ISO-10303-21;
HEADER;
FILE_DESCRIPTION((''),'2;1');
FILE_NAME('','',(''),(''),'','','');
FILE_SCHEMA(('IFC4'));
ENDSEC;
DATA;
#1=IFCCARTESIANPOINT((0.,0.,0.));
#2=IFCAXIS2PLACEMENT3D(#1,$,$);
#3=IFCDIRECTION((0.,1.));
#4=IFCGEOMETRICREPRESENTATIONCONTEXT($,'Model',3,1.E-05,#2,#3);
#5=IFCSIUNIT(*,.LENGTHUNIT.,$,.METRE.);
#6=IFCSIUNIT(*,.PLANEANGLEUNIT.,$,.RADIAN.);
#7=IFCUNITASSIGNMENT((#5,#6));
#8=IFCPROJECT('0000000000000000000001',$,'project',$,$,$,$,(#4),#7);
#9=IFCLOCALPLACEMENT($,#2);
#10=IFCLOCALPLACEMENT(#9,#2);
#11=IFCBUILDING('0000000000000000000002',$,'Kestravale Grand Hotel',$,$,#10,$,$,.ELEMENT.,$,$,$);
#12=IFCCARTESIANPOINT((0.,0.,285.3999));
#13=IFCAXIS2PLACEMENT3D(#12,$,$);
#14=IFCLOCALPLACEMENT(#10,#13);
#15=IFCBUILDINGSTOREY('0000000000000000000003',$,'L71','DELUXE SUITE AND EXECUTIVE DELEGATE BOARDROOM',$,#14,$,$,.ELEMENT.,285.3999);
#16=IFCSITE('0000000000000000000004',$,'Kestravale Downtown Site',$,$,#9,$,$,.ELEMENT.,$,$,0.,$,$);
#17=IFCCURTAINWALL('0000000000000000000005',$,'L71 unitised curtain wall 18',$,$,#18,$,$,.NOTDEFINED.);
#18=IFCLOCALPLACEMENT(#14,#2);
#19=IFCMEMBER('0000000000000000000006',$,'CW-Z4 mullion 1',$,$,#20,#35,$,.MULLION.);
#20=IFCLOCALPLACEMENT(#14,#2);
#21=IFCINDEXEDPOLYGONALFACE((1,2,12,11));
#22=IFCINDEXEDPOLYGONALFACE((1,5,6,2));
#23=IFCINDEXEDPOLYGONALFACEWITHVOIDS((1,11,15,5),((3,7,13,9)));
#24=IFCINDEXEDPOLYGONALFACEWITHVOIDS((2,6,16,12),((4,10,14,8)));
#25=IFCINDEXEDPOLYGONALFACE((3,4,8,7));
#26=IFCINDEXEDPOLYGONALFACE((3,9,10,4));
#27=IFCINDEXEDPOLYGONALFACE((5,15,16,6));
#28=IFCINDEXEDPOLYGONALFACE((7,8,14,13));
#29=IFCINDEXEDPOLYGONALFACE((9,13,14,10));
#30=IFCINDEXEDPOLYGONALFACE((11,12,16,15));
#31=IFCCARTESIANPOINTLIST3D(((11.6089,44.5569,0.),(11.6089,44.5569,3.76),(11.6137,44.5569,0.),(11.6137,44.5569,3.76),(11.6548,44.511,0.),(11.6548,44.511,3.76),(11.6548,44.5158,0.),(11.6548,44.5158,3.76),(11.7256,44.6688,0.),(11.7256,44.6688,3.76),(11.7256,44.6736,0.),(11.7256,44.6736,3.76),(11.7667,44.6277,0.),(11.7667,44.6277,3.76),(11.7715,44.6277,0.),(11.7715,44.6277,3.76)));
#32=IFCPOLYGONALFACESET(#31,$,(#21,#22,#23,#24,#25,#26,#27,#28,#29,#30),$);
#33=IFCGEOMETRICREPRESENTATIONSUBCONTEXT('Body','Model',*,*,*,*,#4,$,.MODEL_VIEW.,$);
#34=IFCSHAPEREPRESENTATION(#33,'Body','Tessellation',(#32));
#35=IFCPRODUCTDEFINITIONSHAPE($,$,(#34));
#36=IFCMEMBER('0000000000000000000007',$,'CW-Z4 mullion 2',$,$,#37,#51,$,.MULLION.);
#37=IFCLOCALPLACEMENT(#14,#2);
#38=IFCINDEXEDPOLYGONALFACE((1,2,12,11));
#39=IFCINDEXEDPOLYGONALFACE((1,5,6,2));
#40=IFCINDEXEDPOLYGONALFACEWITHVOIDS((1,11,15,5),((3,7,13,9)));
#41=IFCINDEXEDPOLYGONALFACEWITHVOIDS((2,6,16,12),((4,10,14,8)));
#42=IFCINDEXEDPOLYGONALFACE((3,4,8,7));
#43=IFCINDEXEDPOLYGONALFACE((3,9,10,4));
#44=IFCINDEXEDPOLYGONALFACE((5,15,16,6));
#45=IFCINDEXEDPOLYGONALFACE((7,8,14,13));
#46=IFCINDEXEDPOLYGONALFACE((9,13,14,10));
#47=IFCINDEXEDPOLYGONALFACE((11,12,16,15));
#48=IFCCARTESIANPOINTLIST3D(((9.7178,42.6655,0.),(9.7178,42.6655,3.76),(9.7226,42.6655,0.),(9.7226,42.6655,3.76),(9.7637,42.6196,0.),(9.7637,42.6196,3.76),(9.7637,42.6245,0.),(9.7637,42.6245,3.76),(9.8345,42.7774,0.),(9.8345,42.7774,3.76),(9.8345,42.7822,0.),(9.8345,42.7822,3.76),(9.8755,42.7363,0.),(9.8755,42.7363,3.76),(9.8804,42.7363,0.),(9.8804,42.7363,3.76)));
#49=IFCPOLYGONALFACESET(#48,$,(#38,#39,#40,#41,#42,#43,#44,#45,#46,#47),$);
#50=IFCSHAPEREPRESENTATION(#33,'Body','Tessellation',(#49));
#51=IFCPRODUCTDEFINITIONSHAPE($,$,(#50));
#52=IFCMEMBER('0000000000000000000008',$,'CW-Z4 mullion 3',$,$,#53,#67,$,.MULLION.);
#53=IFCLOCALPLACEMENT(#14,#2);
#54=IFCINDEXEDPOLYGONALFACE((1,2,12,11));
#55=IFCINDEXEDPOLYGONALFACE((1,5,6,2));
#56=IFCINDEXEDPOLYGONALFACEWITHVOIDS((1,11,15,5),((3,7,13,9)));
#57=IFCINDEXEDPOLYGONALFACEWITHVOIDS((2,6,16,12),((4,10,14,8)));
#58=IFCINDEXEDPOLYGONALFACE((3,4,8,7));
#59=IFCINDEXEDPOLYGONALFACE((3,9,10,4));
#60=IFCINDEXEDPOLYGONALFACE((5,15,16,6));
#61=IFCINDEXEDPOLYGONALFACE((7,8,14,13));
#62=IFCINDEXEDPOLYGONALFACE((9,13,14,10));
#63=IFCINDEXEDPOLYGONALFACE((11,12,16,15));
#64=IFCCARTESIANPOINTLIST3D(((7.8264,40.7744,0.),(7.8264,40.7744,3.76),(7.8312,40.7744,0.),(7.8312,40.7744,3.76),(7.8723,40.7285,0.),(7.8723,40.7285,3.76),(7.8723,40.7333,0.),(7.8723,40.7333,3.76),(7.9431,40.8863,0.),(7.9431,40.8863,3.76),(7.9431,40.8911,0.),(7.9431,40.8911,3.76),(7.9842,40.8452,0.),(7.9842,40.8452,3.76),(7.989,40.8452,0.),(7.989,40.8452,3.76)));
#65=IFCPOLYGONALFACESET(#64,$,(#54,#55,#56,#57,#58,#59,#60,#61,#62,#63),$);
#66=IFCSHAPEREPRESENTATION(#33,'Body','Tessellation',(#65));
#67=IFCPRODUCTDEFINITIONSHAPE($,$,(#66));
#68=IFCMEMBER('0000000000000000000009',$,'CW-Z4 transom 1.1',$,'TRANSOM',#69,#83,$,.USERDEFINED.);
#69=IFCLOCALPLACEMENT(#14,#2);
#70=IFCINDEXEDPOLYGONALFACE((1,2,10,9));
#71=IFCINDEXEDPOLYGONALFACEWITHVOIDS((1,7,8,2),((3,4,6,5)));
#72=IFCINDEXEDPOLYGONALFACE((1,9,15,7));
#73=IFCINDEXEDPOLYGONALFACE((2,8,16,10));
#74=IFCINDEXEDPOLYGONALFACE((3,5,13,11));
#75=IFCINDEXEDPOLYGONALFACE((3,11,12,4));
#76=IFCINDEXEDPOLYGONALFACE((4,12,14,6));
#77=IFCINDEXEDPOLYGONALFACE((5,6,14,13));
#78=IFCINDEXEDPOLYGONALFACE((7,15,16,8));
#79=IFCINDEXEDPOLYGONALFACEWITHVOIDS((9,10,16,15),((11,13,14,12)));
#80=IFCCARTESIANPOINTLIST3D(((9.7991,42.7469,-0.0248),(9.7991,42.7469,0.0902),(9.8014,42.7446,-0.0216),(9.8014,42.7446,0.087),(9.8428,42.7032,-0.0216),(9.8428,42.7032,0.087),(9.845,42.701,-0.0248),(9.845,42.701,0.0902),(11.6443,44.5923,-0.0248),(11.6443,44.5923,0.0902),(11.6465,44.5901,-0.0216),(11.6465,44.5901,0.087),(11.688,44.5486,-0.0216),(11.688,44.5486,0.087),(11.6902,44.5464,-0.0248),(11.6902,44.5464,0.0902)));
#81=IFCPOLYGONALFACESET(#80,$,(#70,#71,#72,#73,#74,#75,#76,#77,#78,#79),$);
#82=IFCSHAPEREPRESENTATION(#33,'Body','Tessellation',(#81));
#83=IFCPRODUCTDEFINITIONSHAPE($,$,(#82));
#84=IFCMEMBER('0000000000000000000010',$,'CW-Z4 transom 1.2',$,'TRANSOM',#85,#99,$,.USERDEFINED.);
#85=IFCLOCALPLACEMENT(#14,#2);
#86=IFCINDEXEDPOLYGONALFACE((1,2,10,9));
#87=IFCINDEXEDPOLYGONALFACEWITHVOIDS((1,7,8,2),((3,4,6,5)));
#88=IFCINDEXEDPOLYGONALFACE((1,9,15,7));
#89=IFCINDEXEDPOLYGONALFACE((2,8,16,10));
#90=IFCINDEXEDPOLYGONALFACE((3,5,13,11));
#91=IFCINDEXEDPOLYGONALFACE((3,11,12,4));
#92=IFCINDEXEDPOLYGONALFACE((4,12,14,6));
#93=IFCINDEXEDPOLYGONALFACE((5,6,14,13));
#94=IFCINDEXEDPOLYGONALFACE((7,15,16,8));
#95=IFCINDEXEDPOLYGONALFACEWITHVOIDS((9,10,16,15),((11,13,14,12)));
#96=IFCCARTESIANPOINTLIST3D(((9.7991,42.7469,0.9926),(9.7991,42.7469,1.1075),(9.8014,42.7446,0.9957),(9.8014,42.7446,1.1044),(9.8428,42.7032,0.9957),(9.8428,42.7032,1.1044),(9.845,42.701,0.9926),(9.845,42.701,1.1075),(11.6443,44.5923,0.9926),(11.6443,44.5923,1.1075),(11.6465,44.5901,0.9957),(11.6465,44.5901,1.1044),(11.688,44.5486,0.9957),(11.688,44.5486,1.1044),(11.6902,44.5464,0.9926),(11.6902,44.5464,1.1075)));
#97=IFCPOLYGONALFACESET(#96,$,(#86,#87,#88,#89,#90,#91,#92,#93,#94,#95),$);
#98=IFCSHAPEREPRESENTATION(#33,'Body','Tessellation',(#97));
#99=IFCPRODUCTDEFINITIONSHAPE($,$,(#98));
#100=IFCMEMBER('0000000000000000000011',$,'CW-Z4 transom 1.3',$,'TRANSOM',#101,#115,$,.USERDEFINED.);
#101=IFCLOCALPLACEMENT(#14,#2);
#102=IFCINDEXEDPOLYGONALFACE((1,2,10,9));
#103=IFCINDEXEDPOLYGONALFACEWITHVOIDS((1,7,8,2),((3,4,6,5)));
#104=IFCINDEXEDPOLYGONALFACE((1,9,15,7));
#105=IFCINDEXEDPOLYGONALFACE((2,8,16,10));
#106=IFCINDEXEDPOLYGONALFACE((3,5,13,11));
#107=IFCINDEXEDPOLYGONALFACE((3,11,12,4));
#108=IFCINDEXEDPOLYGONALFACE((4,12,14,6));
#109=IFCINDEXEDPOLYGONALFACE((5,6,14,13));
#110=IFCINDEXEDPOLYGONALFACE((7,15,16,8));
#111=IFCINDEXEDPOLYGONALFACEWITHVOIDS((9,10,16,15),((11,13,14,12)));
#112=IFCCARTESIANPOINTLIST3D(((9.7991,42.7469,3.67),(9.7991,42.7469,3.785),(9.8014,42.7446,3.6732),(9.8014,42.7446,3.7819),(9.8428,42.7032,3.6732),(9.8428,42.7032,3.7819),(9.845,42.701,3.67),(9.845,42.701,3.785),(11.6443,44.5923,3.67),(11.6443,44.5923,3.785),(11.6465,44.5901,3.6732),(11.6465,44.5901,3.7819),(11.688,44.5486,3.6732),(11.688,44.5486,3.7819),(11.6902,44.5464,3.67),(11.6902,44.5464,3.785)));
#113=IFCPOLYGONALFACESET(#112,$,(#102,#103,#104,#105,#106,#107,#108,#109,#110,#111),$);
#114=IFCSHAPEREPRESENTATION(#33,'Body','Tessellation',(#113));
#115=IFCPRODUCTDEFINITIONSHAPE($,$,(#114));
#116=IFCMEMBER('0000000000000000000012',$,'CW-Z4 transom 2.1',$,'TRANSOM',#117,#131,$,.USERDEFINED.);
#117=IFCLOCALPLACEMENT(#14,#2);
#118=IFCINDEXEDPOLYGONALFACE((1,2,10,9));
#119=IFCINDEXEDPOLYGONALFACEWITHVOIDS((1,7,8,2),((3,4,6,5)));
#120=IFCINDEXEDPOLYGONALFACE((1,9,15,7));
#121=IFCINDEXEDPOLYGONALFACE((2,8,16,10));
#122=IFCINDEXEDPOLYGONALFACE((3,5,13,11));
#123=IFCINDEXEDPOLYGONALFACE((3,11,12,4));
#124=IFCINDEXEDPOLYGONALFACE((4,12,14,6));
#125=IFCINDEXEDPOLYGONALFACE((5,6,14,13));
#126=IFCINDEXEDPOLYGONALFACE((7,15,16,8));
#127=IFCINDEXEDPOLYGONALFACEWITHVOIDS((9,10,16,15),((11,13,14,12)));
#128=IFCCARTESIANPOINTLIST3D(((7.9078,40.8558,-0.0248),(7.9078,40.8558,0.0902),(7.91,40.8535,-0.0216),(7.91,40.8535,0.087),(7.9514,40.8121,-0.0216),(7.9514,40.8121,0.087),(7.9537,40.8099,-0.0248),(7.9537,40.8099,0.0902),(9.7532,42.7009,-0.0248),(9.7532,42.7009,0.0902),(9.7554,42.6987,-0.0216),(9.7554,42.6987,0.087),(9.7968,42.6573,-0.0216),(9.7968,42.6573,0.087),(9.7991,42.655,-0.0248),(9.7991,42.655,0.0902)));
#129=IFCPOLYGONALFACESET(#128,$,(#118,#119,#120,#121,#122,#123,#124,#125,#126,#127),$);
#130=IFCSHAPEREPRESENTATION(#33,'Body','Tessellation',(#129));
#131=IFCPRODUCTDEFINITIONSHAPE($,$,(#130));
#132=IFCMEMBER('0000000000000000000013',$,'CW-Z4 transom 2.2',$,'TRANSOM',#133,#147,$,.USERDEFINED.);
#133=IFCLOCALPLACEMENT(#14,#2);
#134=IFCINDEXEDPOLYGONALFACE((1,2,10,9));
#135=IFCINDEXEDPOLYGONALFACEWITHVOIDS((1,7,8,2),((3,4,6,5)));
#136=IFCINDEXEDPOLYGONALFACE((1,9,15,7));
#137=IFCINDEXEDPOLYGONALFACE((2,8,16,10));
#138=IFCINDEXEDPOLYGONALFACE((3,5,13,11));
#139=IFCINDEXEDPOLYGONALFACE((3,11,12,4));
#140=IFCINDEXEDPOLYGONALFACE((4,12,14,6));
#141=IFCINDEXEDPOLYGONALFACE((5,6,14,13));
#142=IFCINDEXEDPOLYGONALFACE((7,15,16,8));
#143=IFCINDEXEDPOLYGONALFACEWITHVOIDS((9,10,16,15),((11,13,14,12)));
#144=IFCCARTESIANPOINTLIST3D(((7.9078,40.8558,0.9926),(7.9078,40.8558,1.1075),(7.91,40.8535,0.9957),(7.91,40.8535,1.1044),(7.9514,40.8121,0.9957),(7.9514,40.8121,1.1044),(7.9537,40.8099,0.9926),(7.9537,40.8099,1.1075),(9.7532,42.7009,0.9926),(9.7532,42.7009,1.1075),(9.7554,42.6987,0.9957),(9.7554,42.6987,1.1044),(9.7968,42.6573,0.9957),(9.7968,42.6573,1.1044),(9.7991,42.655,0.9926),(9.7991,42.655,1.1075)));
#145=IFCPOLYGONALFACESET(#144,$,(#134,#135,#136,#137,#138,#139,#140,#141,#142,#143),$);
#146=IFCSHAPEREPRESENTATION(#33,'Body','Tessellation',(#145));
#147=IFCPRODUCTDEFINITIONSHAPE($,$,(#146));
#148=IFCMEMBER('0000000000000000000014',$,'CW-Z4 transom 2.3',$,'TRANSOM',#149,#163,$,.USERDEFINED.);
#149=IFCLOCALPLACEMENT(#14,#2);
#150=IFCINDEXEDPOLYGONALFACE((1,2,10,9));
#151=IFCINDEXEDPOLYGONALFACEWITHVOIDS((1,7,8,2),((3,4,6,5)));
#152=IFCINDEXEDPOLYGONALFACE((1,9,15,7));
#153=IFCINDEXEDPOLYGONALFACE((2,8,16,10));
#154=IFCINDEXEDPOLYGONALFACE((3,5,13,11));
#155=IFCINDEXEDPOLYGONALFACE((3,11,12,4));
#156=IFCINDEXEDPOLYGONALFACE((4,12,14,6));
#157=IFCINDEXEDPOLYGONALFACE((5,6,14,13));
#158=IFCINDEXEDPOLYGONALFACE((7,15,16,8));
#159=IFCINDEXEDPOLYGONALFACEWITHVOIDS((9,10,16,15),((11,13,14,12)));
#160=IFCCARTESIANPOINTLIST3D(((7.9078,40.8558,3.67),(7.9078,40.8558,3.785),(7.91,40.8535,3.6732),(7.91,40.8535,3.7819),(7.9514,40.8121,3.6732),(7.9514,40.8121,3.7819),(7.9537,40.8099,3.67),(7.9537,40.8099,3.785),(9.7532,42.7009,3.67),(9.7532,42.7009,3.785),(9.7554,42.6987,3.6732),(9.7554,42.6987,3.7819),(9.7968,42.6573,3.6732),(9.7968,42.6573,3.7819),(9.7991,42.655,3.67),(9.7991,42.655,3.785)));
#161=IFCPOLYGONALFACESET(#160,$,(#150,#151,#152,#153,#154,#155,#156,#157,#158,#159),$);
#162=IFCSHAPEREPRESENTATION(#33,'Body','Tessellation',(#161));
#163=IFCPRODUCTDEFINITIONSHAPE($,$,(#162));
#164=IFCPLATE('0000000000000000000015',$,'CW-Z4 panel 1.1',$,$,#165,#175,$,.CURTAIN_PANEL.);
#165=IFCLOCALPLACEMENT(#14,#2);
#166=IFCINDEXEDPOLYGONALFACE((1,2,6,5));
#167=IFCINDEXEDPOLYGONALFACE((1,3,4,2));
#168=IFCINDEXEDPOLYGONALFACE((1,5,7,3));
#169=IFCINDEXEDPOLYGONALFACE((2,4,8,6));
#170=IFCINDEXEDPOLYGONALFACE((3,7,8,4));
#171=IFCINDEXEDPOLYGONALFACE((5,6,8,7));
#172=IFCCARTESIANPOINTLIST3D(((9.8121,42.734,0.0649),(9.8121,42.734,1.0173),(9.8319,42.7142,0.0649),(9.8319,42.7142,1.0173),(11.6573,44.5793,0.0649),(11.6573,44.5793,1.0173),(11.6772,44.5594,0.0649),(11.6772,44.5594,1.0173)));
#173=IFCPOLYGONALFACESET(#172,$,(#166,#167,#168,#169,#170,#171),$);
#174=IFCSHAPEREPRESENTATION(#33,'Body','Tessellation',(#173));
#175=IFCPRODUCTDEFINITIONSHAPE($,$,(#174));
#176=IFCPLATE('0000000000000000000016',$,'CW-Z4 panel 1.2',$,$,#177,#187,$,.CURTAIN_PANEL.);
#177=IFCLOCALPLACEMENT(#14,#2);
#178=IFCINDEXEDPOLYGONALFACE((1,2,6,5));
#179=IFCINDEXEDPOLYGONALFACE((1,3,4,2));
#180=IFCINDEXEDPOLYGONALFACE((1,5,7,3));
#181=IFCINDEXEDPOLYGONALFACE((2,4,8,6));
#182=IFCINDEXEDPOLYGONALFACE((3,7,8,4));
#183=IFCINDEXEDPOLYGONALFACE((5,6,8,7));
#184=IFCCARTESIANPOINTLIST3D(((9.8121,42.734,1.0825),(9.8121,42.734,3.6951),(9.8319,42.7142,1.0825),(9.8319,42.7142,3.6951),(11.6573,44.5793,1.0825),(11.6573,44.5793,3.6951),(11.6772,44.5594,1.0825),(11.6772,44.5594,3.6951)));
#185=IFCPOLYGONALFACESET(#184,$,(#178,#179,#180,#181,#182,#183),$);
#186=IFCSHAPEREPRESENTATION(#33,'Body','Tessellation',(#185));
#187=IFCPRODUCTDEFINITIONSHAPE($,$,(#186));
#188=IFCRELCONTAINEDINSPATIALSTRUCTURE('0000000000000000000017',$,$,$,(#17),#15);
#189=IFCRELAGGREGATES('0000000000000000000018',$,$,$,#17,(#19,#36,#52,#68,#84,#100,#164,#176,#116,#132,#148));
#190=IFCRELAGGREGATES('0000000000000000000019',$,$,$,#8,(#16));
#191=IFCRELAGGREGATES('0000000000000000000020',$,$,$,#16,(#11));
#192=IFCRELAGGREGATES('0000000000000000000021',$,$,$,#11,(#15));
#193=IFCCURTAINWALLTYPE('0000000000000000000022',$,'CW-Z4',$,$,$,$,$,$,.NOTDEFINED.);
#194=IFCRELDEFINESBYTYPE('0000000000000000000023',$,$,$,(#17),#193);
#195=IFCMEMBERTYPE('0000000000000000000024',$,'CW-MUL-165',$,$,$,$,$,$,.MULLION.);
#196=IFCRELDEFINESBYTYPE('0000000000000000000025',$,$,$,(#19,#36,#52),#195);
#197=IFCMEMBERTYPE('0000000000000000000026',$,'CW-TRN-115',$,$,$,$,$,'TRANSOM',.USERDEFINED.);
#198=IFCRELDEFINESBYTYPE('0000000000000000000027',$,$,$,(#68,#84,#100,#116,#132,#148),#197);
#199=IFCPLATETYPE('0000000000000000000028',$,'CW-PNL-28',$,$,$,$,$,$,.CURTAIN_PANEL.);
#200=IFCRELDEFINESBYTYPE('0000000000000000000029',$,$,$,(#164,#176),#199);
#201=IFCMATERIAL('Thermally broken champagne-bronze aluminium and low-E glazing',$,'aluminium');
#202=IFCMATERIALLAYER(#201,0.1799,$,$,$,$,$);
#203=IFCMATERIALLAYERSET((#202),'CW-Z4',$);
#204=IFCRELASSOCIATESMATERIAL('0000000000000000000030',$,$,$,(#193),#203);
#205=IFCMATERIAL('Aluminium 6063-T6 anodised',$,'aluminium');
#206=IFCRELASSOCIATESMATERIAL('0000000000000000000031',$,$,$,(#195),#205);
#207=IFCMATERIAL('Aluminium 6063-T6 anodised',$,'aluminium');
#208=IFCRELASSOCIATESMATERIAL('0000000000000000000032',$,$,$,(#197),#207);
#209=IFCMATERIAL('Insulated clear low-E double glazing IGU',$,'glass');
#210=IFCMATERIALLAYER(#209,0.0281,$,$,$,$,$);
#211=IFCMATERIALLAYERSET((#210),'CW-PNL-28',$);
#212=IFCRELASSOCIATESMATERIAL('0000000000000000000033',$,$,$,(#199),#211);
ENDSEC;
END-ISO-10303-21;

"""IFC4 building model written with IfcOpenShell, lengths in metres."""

from ifc_helpers import new_model, si_unit, direction, frame, origin, origin_2d, place, context, subcontext, project, spatial, rectangle, hollow_rectangle, extrude, material, layer, layer_set, material_profile, profile_set, type_object, element, aggregate, save


model = new_model("IFC4")

# Units and contexts
model_context = context("Model", 3, precision=1e-05, world=origin(), true_north=direction((0.0, 1.0)))
body_context = subcontext(model_context, "Body", "Model", "MODEL_VIEW")
ifc_project = project(units=[si_unit("LENGTHUNIT", "METRE"), si_unit("PLANEANGLEUNIT", "RADIAN")], contexts=[model_context])

# Site, building, storey
site_placement = place(None, origin())
site = spatial("IfcSite", under=ifc_project, at=site_placement, Name="Kestravale Downtown Site", CompositionType="ELEMENT", RefElevation=0.0)
building_placement = place(site_placement, origin())
building = spatial("IfcBuilding", under=site, at=building_placement, Name="Kestravale Grand Hotel", CompositionType="ELEMENT")
storey_placement = place(building_placement, frame((0.0, 0.0, 285.3999)))
storey = spatial("IfcBuildingStorey", under=building, at=storey_placement, Name="L71", Description="DELUXE SUITE AND EXECUTIVE DELEGATE BOARDROOM", CompositionType="ELEMENT", Elevation=285.3999)

# Curtain wall, members, plates
ifc_material_1 = material(Name="Thermally broken champagne-bronze aluminium and low-E glazing", Category="aluminium")
ifc_layer_1 = layer(ifc_material_1, 0.1799)
ifc_layer_set_1 = layer_set([ifc_layer_1], Name="CW-Z4")
curtain_wall_type = type_object("IfcCurtainWallType", Name="CW-Z4", PredefinedType="NOTDEFINED", material=ifc_layer_set_1)
curtain_wall_placement = place(storey_placement, origin())
curtain_wall = element("IfcCurtainWall", 1, at=curtain_wall_placement, inside=storey, type_object=curtain_wall_type, Name="L71 unitised curtain wall 18", PredefinedType="NOTDEFINED")
ifc_material_2 = material(Name="Aluminium 6063-T6 anodised", Category="aluminium")
ifc_material_profile_1 = material_profile(ifc_material_2, hollow_rectangle(XDim=0.0649, YDim=0.165, WallThickness=0.0034, at=origin_2d()))
ifc_profile_set_1 = profile_set([ifc_material_profile_1], Name="Aluminium 6063-T6 anodised")
member_type_1 = type_object("IfcMemberType", Name="CW-MUL-165", PredefinedType="MULLION", material=ifc_profile_set_1)
member_1_placement = place(storey_placement, frame((11.6902, 44.5923, 0.0), z_axis=(0.0, 0.0, 1.0), x_axis=(0.707107, -0.707107, 0.0)))
member_1 = element("IfcMember", 2, at=member_1_placement, type_object=member_type_1, Name="CW-Z4 mullion 1", PredefinedType="MULLION", context=body_context, shape_type="SweptSolid", body=[
    extrude(hollow_rectangle(XDim=0.0649, YDim=0.165, WallThickness=0.0034, at=origin_2d()), origin(), (0.0, 0.0, 1.0), 3.76),
])
member_2_placement = place(storey_placement, frame((9.7991, 42.7009, 0.0), z_axis=(0.0, 0.0, 1.0), x_axis=(0.707107, -0.707107, 0.0)))
member_2 = element("IfcMember", 3, at=member_2_placement, type_object=member_type_1, Name="CW-Z4 mullion 2", PredefinedType="MULLION", context=body_context, shape_type="SweptSolid", body=[
    extrude(hollow_rectangle(XDim=0.0649, YDim=0.165, WallThickness=0.0034, at=origin_2d()), origin(), (0.0, 0.0, 1.0), 3.76),
])
member_3_placement = place(storey_placement, frame((7.9077, 40.8098, 0.0), z_axis=(0.0, 0.0, 1.0), x_axis=(0.707107, -0.707107, 0.0)))
member_3 = element("IfcMember", 4, at=member_3_placement, type_object=member_type_1, Name="CW-Z4 mullion 3", PredefinedType="MULLION", context=body_context, shape_type="SweptSolid", body=[
    extrude(hollow_rectangle(XDim=0.0649, YDim=0.165, WallThickness=0.0034, at=origin_2d()), origin(), (0.0, 0.0, 1.0), 3.76),
])
ifc_material_3 = material(Name="Aluminium 6063-T6 anodised", Category="aluminium")
ifc_material_profile_2 = material_profile(ifc_material_3, hollow_rectangle(XDim=0.0649, YDim=0.115, WallThickness=0.0032, at=origin_2d()))
ifc_profile_set_2 = profile_set([ifc_material_profile_2], Name="Aluminium 6063-T6 anodised")
member_type_2 = type_object("IfcMemberType", Name="CW-TRN-115", ElementType="TRANSOM", PredefinedType="USERDEFINED", material=ifc_profile_set_2)
member_4_placement = place(storey_placement, frame((11.6672, 44.5693, 0.0327), z_axis=(-0.70706, -0.707154, 0.0), x_axis=(0.707154, -0.70706, 0.0)))
member_4 = element("IfcMember", 5, at=member_4_placement, type_object=member_type_2, Name="CW-Z4 transom 1.1", ObjectType="TRANSOM", PredefinedType="USERDEFINED", context=body_context, shape_type="SweptSolid", body=[
    extrude(hollow_rectangle(XDim=0.0649, YDim=0.115, WallThickness=0.0032, at=origin_2d()), origin(), (0.0, 0.0, 1.0), 2.6096),
])
member_5_placement = place(storey_placement, frame((11.6672, 44.5693, 1.05), z_axis=(-0.70706, -0.707154, 0.0), x_axis=(0.707154, -0.70706, 0.0)))
member_5 = element("IfcMember", 6, at=member_5_placement, type_object=member_type_2, Name="CW-Z4 transom 1.2", ObjectType="TRANSOM", PredefinedType="USERDEFINED", context=body_context, shape_type="SweptSolid", body=[
    extrude(hollow_rectangle(XDim=0.0649, YDim=0.115, WallThickness=0.0032, at=origin_2d()), origin(), (0.0, 0.0, 1.0), 2.6096),
])
member_6_placement = place(storey_placement, frame((11.6672, 44.5693, 3.7275), z_axis=(-0.70706, -0.707154, 0.0), x_axis=(0.707154, -0.70706, 0.0)))
member_6 = element("IfcMember", 7, at=member_6_placement, type_object=member_type_2, Name="CW-Z4 transom 1.3", ObjectType="TRANSOM", PredefinedType="USERDEFINED", context=body_context, shape_type="SweptSolid", body=[
    extrude(hollow_rectangle(XDim=0.0649, YDim=0.115, WallThickness=0.0032, at=origin_2d()), origin(), (0.0, 0.0, 1.0), 2.6096),
])
member_7_placement = place(storey_placement, frame((9.7761, 42.678, 0.0327), z_axis=(-0.707154, -0.70706, 0.0), x_axis=(0.70706, -0.707154, 0.0)))
member_7 = element("IfcMember", 8, at=member_7_placement, type_object=member_type_2, Name="CW-Z4 transom 2.1", ObjectType="TRANSOM", PredefinedType="USERDEFINED", context=body_context, shape_type="SweptSolid", body=[
    extrude(hollow_rectangle(XDim=0.0649, YDim=0.115, WallThickness=0.0032, at=origin_2d()), origin(), (0.0, 0.0, 1.0), 2.6096),
])
member_8_placement = place(storey_placement, frame((9.7761, 42.678, 1.05), z_axis=(-0.707154, -0.70706, 0.0), x_axis=(0.70706, -0.707154, 0.0)))
member_8 = element("IfcMember", 9, at=member_8_placement, type_object=member_type_2, Name="CW-Z4 transom 2.2", ObjectType="TRANSOM", PredefinedType="USERDEFINED", context=body_context, shape_type="SweptSolid", body=[
    extrude(hollow_rectangle(XDim=0.0649, YDim=0.115, WallThickness=0.0032, at=origin_2d()), origin(), (0.0, 0.0, 1.0), 2.6096),
])
member_9_placement = place(storey_placement, frame((9.7761, 42.678, 3.7275), z_axis=(-0.707154, -0.70706, 0.0), x_axis=(0.70706, -0.707154, 0.0)))
member_9 = element("IfcMember", 10, at=member_9_placement, type_object=member_type_2, Name="CW-Z4 transom 2.3", ObjectType="TRANSOM", PredefinedType="USERDEFINED", context=body_context, shape_type="SweptSolid", body=[
    extrude(hollow_rectangle(XDim=0.0649, YDim=0.115, WallThickness=0.0032, at=origin_2d()), origin(), (0.0, 0.0, 1.0), 2.6096),
])
ifc_material_4 = material(Name="Insulated clear low-E double glazing IGU", Category="glass")
ifc_layer_2 = layer(ifc_material_4, 0.0281)
ifc_layer_set_2 = layer_set([ifc_layer_2], Name="CW-PNL-28")
plate_type = type_object("IfcPlateType", Name="CW-PNL-28", PredefinedType="CURTAIN_PANEL", material=ifc_layer_set_2)
plate_1_placement = place(storey_placement, frame((10.7446, 43.6467, 0.0649), z_axis=(0.0, 0.0, 1.0), x_axis=(-0.707107, -0.707107, 0.0)))
plate_1 = element("IfcPlate", 11, at=plate_1_placement, type_object=plate_type, Name="CW-Z4 panel 1.1", PredefinedType="CURTAIN_PANEL", context=body_context, shape_type="SweptSolid", body=[
    extrude(rectangle(XDim=2.6096, YDim=0.0281, at=origin_2d()), origin(), (0.0, 0.0, 1.0), 0.9524),
])
plate_2_placement = place(storey_placement, frame((10.7446, 43.6467, 1.0825), z_axis=(0.0, 0.0, 1.0), x_axis=(-0.707107, -0.707107, 0.0)))
plate_2 = element("IfcPlate", 12, at=plate_2_placement, type_object=plate_type, Name="CW-Z4 panel 1.2", PredefinedType="CURTAIN_PANEL", context=body_context, shape_type="SweptSolid", body=[
    extrude(rectangle(XDim=2.6096, YDim=0.0281, at=origin_2d()), origin(), (0.0, 0.0, 1.0), 2.6125),
])
aggregate(curtain_wall, [member_1, member_2, member_3, member_4, member_5, member_6, plate_1, plate_2, member_7, member_8, member_9])

save(model, "model.ifc")
